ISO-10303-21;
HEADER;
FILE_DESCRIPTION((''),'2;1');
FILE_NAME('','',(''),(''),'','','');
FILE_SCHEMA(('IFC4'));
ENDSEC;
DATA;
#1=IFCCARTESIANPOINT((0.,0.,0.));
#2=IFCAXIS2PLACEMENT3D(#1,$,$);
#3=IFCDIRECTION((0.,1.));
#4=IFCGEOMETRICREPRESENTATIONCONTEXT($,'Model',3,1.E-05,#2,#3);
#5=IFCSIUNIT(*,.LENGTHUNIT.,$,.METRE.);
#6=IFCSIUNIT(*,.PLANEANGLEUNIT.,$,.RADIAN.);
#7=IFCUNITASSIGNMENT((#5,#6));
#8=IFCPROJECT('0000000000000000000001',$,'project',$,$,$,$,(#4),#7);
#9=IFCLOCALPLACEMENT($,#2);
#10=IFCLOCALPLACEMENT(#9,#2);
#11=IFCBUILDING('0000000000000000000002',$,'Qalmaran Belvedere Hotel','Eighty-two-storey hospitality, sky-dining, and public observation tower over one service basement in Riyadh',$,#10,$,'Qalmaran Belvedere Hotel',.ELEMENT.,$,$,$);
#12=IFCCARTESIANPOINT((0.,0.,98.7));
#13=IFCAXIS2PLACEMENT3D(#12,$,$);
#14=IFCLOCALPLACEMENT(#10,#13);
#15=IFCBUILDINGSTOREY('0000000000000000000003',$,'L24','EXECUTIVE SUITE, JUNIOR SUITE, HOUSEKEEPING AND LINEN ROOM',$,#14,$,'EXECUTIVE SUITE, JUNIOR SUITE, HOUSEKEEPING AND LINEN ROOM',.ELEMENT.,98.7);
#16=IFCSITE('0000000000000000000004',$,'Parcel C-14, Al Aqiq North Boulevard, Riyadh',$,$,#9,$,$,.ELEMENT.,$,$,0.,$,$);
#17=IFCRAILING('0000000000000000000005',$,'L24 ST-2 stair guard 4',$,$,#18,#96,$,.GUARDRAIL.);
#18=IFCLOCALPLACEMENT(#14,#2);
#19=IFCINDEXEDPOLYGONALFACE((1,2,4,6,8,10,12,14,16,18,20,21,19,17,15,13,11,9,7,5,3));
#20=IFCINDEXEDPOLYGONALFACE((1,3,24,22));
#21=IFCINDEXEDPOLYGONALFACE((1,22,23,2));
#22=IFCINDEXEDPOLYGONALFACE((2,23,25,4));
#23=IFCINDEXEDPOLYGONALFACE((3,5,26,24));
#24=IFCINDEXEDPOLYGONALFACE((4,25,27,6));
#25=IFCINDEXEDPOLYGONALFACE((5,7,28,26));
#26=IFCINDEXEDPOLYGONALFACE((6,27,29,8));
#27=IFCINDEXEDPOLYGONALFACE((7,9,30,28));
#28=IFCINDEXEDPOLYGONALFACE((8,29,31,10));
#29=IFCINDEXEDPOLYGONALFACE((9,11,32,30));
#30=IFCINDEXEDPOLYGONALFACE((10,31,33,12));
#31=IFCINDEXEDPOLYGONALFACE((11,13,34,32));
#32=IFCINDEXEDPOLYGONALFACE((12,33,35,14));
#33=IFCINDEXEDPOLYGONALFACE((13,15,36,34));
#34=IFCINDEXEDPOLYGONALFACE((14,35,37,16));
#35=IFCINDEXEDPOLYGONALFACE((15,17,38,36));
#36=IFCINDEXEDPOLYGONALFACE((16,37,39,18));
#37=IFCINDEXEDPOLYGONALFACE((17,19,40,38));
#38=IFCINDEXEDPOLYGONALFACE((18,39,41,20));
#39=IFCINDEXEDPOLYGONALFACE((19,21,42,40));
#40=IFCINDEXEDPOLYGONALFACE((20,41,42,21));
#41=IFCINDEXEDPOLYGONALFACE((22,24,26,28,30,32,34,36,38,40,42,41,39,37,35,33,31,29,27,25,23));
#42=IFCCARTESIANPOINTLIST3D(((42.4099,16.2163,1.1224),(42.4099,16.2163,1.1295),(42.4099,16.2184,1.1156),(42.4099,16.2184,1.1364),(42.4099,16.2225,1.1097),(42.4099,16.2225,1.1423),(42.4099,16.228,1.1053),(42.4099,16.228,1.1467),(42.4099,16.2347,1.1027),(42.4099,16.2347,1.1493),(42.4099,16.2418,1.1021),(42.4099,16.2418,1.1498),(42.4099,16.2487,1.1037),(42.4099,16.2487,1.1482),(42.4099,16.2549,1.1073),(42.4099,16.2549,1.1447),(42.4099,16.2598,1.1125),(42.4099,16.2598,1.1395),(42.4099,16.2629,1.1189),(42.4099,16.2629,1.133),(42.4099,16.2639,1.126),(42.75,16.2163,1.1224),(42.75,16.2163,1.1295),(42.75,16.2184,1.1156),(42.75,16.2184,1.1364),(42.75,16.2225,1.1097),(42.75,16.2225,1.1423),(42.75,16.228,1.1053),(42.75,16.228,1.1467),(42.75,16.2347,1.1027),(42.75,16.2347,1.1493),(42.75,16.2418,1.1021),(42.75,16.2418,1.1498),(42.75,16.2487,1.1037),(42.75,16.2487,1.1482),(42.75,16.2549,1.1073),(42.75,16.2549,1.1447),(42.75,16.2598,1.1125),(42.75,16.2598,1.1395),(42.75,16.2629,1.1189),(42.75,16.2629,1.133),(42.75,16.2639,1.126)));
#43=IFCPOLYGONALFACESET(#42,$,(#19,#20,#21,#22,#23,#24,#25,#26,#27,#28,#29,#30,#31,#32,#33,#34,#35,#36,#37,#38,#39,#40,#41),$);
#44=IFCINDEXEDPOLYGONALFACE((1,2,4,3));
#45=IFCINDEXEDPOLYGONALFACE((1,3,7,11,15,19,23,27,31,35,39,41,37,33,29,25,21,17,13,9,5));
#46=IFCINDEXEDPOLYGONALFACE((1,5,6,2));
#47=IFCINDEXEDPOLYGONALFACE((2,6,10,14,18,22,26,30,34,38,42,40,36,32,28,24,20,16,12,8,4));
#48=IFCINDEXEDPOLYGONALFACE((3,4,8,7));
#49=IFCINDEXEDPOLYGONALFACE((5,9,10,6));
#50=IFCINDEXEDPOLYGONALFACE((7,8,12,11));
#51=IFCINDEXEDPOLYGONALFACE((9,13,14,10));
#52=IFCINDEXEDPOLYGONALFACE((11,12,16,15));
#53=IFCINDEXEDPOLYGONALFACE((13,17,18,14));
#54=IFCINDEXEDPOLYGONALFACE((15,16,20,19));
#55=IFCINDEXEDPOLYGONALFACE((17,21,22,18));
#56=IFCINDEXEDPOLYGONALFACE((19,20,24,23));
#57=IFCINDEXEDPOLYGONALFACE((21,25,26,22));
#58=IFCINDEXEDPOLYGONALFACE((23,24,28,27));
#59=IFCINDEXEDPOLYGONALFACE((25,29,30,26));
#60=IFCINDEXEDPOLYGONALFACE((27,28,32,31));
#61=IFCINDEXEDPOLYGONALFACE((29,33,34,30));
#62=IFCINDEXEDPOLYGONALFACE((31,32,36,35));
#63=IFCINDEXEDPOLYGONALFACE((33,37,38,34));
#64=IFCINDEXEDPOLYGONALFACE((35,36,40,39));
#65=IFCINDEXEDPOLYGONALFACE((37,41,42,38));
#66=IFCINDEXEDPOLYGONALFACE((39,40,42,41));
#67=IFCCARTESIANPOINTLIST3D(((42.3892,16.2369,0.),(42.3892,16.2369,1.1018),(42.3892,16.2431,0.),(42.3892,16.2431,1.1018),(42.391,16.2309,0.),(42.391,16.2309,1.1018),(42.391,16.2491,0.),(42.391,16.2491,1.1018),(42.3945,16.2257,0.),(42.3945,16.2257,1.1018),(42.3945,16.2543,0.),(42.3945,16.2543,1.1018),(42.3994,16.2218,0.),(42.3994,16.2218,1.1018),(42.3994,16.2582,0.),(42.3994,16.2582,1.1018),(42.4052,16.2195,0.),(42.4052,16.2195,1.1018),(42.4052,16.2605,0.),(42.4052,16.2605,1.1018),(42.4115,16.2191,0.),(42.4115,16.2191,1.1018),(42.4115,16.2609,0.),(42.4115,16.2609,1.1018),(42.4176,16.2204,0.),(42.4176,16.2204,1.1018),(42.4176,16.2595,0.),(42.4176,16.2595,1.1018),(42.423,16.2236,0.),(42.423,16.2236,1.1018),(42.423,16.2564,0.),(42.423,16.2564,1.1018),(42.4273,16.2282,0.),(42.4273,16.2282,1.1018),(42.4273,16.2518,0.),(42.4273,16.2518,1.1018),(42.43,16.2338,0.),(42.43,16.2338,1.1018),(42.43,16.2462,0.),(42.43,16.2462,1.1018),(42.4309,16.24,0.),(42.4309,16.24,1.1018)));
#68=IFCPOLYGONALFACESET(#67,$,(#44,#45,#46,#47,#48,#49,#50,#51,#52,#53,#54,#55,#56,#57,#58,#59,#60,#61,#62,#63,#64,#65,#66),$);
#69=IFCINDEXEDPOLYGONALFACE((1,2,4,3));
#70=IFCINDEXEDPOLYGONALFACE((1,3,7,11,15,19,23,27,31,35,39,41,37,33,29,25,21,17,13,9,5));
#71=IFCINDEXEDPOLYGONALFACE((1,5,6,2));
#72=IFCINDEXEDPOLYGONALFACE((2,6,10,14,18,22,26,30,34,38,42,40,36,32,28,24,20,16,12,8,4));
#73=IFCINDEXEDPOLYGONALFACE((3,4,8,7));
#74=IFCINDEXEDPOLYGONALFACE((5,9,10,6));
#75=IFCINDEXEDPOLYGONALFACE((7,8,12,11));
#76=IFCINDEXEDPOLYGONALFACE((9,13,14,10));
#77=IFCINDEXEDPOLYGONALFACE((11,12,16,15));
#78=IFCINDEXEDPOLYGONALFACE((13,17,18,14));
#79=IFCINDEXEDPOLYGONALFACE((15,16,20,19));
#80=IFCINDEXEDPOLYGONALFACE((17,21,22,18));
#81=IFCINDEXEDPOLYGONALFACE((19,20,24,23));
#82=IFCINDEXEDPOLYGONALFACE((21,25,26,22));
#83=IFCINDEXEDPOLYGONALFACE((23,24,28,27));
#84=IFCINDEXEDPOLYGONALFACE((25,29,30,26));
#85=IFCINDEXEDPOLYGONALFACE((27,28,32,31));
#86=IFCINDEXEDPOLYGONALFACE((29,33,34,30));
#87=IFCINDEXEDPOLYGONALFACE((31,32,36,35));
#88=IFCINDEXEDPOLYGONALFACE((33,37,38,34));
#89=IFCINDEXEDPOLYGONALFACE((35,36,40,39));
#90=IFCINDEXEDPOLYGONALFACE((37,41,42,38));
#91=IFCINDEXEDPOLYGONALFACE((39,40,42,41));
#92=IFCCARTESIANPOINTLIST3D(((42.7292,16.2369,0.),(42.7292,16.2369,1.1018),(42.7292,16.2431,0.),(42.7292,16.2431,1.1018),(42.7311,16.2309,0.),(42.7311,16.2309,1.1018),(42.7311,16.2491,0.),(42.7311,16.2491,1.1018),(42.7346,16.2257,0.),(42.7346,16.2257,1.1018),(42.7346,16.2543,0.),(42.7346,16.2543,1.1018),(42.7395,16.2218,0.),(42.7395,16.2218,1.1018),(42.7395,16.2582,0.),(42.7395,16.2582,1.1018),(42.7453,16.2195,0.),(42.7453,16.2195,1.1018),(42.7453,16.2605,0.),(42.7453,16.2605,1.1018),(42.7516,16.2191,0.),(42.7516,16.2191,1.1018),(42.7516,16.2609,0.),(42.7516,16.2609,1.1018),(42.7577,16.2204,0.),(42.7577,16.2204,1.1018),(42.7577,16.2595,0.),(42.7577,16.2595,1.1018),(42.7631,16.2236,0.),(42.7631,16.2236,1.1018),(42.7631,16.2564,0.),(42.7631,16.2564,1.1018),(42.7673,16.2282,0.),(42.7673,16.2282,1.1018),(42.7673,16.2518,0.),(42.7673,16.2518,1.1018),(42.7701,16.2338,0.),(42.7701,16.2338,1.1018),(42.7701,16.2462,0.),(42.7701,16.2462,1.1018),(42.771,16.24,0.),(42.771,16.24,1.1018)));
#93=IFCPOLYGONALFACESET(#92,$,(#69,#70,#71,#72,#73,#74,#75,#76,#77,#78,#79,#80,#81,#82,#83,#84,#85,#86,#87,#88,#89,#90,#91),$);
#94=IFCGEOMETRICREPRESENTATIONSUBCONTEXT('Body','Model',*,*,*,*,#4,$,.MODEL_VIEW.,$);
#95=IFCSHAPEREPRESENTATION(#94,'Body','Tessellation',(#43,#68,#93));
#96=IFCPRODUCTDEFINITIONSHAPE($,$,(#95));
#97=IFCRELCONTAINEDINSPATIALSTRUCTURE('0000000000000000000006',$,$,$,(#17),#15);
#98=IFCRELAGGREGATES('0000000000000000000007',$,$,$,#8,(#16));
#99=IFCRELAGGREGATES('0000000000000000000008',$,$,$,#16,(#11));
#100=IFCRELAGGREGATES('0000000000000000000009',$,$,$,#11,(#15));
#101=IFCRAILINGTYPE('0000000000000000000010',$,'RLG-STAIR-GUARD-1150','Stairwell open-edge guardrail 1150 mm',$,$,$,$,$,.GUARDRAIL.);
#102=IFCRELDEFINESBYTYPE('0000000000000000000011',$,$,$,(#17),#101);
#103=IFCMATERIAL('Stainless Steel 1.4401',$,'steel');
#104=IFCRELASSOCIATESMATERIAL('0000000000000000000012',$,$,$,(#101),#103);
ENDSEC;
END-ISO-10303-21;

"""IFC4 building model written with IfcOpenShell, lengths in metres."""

from ifc_helpers import new_model, si_unit, direction, frame, origin, origin_2d, place, context, subcontext, project, spatial, circle, extrude, material, type_object, element, save


model = new_model("IFC4")

# Units and contexts
model_context = context("Model", 3, precision=1e-05, world=origin(), true_north=direction((0.0, 1.0)))
body_context = subcontext(model_context, "Body", "Model", "MODEL_VIEW")
ifc_project = project(units=[si_unit("LENGTHUNIT", "METRE"), si_unit("PLANEANGLEUNIT", "RADIAN")], contexts=[model_context])

# Site, building, storey
site_placement = place(None, origin())
site = spatial("IfcSite", under=ifc_project, at=site_placement, Name="Parcel C-14, Al Aqiq North Boulevard, Riyadh", CompositionType="ELEMENT", RefElevation=0.0)
building_placement = place(site_placement, origin())
building = spatial("IfcBuilding", under=site, at=building_placement, Name="Qalmaran Belvedere Hotel", Description="Eighty-two-storey hospitality, sky-dining, and public observation tower over one service basement in Riyadh", LongName="Qalmaran Belvedere Hotel", CompositionType="ELEMENT")
storey_placement = place(building_placement, frame((0.0, 0.0, 98.7)))
storey = spatial("IfcBuildingStorey", under=building, at=storey_placement, Name="L24", Description="EXECUTIVE SUITE, JUNIOR SUITE, HOUSEKEEPING AND LINEN ROOM", LongName="EXECUTIVE SUITE, JUNIOR SUITE, HOUSEKEEPING AND LINEN ROOM", CompositionType="ELEMENT", Elevation=98.7)

# Shared definitions
ifc_material_1 = material(Name="Stainless Steel 1.4401", Category="steel")

# Railing
railing_type_1 = type_object("IfcRailingType", Name="RLG-STAIR-GUARD-1150", Description="Stairwell open-edge guardrail 1150 mm", PredefinedType="GUARDRAIL", material=ifc_material_1)
railing_1_placement = place(storey_placement, frame((42.4099, 16.24, 0.0)))
element("IfcRailing", 1, at=railing_1_placement, inside=storey, type_object=railing_type_1, Name="L24 ST-2 stair guard 4", PredefinedType="GUARDRAIL", context=body_context, shape_type="SweptSolid", body=[
    extrude(circle(Radius=0.0239, at=origin_2d()), frame((0.0, 0.0, 1.126), z_axis=(1.0, 0.0, 0.0), x_axis=(0.0, 1.0, 0.0)), (0.0, 0.0, 1.0), 0.3401),
    extrude(circle(Radius=0.021, at=origin_2d()), origin(), (0.0, 0.0, 1.0), 1.1018),
    extrude(circle(Radius=0.021, at=origin_2d()), frame((0.3401, 0.0, 0.0)), (0.0, 0.0, 1.0), 1.1018),
])

save(model, "model.ifc")
